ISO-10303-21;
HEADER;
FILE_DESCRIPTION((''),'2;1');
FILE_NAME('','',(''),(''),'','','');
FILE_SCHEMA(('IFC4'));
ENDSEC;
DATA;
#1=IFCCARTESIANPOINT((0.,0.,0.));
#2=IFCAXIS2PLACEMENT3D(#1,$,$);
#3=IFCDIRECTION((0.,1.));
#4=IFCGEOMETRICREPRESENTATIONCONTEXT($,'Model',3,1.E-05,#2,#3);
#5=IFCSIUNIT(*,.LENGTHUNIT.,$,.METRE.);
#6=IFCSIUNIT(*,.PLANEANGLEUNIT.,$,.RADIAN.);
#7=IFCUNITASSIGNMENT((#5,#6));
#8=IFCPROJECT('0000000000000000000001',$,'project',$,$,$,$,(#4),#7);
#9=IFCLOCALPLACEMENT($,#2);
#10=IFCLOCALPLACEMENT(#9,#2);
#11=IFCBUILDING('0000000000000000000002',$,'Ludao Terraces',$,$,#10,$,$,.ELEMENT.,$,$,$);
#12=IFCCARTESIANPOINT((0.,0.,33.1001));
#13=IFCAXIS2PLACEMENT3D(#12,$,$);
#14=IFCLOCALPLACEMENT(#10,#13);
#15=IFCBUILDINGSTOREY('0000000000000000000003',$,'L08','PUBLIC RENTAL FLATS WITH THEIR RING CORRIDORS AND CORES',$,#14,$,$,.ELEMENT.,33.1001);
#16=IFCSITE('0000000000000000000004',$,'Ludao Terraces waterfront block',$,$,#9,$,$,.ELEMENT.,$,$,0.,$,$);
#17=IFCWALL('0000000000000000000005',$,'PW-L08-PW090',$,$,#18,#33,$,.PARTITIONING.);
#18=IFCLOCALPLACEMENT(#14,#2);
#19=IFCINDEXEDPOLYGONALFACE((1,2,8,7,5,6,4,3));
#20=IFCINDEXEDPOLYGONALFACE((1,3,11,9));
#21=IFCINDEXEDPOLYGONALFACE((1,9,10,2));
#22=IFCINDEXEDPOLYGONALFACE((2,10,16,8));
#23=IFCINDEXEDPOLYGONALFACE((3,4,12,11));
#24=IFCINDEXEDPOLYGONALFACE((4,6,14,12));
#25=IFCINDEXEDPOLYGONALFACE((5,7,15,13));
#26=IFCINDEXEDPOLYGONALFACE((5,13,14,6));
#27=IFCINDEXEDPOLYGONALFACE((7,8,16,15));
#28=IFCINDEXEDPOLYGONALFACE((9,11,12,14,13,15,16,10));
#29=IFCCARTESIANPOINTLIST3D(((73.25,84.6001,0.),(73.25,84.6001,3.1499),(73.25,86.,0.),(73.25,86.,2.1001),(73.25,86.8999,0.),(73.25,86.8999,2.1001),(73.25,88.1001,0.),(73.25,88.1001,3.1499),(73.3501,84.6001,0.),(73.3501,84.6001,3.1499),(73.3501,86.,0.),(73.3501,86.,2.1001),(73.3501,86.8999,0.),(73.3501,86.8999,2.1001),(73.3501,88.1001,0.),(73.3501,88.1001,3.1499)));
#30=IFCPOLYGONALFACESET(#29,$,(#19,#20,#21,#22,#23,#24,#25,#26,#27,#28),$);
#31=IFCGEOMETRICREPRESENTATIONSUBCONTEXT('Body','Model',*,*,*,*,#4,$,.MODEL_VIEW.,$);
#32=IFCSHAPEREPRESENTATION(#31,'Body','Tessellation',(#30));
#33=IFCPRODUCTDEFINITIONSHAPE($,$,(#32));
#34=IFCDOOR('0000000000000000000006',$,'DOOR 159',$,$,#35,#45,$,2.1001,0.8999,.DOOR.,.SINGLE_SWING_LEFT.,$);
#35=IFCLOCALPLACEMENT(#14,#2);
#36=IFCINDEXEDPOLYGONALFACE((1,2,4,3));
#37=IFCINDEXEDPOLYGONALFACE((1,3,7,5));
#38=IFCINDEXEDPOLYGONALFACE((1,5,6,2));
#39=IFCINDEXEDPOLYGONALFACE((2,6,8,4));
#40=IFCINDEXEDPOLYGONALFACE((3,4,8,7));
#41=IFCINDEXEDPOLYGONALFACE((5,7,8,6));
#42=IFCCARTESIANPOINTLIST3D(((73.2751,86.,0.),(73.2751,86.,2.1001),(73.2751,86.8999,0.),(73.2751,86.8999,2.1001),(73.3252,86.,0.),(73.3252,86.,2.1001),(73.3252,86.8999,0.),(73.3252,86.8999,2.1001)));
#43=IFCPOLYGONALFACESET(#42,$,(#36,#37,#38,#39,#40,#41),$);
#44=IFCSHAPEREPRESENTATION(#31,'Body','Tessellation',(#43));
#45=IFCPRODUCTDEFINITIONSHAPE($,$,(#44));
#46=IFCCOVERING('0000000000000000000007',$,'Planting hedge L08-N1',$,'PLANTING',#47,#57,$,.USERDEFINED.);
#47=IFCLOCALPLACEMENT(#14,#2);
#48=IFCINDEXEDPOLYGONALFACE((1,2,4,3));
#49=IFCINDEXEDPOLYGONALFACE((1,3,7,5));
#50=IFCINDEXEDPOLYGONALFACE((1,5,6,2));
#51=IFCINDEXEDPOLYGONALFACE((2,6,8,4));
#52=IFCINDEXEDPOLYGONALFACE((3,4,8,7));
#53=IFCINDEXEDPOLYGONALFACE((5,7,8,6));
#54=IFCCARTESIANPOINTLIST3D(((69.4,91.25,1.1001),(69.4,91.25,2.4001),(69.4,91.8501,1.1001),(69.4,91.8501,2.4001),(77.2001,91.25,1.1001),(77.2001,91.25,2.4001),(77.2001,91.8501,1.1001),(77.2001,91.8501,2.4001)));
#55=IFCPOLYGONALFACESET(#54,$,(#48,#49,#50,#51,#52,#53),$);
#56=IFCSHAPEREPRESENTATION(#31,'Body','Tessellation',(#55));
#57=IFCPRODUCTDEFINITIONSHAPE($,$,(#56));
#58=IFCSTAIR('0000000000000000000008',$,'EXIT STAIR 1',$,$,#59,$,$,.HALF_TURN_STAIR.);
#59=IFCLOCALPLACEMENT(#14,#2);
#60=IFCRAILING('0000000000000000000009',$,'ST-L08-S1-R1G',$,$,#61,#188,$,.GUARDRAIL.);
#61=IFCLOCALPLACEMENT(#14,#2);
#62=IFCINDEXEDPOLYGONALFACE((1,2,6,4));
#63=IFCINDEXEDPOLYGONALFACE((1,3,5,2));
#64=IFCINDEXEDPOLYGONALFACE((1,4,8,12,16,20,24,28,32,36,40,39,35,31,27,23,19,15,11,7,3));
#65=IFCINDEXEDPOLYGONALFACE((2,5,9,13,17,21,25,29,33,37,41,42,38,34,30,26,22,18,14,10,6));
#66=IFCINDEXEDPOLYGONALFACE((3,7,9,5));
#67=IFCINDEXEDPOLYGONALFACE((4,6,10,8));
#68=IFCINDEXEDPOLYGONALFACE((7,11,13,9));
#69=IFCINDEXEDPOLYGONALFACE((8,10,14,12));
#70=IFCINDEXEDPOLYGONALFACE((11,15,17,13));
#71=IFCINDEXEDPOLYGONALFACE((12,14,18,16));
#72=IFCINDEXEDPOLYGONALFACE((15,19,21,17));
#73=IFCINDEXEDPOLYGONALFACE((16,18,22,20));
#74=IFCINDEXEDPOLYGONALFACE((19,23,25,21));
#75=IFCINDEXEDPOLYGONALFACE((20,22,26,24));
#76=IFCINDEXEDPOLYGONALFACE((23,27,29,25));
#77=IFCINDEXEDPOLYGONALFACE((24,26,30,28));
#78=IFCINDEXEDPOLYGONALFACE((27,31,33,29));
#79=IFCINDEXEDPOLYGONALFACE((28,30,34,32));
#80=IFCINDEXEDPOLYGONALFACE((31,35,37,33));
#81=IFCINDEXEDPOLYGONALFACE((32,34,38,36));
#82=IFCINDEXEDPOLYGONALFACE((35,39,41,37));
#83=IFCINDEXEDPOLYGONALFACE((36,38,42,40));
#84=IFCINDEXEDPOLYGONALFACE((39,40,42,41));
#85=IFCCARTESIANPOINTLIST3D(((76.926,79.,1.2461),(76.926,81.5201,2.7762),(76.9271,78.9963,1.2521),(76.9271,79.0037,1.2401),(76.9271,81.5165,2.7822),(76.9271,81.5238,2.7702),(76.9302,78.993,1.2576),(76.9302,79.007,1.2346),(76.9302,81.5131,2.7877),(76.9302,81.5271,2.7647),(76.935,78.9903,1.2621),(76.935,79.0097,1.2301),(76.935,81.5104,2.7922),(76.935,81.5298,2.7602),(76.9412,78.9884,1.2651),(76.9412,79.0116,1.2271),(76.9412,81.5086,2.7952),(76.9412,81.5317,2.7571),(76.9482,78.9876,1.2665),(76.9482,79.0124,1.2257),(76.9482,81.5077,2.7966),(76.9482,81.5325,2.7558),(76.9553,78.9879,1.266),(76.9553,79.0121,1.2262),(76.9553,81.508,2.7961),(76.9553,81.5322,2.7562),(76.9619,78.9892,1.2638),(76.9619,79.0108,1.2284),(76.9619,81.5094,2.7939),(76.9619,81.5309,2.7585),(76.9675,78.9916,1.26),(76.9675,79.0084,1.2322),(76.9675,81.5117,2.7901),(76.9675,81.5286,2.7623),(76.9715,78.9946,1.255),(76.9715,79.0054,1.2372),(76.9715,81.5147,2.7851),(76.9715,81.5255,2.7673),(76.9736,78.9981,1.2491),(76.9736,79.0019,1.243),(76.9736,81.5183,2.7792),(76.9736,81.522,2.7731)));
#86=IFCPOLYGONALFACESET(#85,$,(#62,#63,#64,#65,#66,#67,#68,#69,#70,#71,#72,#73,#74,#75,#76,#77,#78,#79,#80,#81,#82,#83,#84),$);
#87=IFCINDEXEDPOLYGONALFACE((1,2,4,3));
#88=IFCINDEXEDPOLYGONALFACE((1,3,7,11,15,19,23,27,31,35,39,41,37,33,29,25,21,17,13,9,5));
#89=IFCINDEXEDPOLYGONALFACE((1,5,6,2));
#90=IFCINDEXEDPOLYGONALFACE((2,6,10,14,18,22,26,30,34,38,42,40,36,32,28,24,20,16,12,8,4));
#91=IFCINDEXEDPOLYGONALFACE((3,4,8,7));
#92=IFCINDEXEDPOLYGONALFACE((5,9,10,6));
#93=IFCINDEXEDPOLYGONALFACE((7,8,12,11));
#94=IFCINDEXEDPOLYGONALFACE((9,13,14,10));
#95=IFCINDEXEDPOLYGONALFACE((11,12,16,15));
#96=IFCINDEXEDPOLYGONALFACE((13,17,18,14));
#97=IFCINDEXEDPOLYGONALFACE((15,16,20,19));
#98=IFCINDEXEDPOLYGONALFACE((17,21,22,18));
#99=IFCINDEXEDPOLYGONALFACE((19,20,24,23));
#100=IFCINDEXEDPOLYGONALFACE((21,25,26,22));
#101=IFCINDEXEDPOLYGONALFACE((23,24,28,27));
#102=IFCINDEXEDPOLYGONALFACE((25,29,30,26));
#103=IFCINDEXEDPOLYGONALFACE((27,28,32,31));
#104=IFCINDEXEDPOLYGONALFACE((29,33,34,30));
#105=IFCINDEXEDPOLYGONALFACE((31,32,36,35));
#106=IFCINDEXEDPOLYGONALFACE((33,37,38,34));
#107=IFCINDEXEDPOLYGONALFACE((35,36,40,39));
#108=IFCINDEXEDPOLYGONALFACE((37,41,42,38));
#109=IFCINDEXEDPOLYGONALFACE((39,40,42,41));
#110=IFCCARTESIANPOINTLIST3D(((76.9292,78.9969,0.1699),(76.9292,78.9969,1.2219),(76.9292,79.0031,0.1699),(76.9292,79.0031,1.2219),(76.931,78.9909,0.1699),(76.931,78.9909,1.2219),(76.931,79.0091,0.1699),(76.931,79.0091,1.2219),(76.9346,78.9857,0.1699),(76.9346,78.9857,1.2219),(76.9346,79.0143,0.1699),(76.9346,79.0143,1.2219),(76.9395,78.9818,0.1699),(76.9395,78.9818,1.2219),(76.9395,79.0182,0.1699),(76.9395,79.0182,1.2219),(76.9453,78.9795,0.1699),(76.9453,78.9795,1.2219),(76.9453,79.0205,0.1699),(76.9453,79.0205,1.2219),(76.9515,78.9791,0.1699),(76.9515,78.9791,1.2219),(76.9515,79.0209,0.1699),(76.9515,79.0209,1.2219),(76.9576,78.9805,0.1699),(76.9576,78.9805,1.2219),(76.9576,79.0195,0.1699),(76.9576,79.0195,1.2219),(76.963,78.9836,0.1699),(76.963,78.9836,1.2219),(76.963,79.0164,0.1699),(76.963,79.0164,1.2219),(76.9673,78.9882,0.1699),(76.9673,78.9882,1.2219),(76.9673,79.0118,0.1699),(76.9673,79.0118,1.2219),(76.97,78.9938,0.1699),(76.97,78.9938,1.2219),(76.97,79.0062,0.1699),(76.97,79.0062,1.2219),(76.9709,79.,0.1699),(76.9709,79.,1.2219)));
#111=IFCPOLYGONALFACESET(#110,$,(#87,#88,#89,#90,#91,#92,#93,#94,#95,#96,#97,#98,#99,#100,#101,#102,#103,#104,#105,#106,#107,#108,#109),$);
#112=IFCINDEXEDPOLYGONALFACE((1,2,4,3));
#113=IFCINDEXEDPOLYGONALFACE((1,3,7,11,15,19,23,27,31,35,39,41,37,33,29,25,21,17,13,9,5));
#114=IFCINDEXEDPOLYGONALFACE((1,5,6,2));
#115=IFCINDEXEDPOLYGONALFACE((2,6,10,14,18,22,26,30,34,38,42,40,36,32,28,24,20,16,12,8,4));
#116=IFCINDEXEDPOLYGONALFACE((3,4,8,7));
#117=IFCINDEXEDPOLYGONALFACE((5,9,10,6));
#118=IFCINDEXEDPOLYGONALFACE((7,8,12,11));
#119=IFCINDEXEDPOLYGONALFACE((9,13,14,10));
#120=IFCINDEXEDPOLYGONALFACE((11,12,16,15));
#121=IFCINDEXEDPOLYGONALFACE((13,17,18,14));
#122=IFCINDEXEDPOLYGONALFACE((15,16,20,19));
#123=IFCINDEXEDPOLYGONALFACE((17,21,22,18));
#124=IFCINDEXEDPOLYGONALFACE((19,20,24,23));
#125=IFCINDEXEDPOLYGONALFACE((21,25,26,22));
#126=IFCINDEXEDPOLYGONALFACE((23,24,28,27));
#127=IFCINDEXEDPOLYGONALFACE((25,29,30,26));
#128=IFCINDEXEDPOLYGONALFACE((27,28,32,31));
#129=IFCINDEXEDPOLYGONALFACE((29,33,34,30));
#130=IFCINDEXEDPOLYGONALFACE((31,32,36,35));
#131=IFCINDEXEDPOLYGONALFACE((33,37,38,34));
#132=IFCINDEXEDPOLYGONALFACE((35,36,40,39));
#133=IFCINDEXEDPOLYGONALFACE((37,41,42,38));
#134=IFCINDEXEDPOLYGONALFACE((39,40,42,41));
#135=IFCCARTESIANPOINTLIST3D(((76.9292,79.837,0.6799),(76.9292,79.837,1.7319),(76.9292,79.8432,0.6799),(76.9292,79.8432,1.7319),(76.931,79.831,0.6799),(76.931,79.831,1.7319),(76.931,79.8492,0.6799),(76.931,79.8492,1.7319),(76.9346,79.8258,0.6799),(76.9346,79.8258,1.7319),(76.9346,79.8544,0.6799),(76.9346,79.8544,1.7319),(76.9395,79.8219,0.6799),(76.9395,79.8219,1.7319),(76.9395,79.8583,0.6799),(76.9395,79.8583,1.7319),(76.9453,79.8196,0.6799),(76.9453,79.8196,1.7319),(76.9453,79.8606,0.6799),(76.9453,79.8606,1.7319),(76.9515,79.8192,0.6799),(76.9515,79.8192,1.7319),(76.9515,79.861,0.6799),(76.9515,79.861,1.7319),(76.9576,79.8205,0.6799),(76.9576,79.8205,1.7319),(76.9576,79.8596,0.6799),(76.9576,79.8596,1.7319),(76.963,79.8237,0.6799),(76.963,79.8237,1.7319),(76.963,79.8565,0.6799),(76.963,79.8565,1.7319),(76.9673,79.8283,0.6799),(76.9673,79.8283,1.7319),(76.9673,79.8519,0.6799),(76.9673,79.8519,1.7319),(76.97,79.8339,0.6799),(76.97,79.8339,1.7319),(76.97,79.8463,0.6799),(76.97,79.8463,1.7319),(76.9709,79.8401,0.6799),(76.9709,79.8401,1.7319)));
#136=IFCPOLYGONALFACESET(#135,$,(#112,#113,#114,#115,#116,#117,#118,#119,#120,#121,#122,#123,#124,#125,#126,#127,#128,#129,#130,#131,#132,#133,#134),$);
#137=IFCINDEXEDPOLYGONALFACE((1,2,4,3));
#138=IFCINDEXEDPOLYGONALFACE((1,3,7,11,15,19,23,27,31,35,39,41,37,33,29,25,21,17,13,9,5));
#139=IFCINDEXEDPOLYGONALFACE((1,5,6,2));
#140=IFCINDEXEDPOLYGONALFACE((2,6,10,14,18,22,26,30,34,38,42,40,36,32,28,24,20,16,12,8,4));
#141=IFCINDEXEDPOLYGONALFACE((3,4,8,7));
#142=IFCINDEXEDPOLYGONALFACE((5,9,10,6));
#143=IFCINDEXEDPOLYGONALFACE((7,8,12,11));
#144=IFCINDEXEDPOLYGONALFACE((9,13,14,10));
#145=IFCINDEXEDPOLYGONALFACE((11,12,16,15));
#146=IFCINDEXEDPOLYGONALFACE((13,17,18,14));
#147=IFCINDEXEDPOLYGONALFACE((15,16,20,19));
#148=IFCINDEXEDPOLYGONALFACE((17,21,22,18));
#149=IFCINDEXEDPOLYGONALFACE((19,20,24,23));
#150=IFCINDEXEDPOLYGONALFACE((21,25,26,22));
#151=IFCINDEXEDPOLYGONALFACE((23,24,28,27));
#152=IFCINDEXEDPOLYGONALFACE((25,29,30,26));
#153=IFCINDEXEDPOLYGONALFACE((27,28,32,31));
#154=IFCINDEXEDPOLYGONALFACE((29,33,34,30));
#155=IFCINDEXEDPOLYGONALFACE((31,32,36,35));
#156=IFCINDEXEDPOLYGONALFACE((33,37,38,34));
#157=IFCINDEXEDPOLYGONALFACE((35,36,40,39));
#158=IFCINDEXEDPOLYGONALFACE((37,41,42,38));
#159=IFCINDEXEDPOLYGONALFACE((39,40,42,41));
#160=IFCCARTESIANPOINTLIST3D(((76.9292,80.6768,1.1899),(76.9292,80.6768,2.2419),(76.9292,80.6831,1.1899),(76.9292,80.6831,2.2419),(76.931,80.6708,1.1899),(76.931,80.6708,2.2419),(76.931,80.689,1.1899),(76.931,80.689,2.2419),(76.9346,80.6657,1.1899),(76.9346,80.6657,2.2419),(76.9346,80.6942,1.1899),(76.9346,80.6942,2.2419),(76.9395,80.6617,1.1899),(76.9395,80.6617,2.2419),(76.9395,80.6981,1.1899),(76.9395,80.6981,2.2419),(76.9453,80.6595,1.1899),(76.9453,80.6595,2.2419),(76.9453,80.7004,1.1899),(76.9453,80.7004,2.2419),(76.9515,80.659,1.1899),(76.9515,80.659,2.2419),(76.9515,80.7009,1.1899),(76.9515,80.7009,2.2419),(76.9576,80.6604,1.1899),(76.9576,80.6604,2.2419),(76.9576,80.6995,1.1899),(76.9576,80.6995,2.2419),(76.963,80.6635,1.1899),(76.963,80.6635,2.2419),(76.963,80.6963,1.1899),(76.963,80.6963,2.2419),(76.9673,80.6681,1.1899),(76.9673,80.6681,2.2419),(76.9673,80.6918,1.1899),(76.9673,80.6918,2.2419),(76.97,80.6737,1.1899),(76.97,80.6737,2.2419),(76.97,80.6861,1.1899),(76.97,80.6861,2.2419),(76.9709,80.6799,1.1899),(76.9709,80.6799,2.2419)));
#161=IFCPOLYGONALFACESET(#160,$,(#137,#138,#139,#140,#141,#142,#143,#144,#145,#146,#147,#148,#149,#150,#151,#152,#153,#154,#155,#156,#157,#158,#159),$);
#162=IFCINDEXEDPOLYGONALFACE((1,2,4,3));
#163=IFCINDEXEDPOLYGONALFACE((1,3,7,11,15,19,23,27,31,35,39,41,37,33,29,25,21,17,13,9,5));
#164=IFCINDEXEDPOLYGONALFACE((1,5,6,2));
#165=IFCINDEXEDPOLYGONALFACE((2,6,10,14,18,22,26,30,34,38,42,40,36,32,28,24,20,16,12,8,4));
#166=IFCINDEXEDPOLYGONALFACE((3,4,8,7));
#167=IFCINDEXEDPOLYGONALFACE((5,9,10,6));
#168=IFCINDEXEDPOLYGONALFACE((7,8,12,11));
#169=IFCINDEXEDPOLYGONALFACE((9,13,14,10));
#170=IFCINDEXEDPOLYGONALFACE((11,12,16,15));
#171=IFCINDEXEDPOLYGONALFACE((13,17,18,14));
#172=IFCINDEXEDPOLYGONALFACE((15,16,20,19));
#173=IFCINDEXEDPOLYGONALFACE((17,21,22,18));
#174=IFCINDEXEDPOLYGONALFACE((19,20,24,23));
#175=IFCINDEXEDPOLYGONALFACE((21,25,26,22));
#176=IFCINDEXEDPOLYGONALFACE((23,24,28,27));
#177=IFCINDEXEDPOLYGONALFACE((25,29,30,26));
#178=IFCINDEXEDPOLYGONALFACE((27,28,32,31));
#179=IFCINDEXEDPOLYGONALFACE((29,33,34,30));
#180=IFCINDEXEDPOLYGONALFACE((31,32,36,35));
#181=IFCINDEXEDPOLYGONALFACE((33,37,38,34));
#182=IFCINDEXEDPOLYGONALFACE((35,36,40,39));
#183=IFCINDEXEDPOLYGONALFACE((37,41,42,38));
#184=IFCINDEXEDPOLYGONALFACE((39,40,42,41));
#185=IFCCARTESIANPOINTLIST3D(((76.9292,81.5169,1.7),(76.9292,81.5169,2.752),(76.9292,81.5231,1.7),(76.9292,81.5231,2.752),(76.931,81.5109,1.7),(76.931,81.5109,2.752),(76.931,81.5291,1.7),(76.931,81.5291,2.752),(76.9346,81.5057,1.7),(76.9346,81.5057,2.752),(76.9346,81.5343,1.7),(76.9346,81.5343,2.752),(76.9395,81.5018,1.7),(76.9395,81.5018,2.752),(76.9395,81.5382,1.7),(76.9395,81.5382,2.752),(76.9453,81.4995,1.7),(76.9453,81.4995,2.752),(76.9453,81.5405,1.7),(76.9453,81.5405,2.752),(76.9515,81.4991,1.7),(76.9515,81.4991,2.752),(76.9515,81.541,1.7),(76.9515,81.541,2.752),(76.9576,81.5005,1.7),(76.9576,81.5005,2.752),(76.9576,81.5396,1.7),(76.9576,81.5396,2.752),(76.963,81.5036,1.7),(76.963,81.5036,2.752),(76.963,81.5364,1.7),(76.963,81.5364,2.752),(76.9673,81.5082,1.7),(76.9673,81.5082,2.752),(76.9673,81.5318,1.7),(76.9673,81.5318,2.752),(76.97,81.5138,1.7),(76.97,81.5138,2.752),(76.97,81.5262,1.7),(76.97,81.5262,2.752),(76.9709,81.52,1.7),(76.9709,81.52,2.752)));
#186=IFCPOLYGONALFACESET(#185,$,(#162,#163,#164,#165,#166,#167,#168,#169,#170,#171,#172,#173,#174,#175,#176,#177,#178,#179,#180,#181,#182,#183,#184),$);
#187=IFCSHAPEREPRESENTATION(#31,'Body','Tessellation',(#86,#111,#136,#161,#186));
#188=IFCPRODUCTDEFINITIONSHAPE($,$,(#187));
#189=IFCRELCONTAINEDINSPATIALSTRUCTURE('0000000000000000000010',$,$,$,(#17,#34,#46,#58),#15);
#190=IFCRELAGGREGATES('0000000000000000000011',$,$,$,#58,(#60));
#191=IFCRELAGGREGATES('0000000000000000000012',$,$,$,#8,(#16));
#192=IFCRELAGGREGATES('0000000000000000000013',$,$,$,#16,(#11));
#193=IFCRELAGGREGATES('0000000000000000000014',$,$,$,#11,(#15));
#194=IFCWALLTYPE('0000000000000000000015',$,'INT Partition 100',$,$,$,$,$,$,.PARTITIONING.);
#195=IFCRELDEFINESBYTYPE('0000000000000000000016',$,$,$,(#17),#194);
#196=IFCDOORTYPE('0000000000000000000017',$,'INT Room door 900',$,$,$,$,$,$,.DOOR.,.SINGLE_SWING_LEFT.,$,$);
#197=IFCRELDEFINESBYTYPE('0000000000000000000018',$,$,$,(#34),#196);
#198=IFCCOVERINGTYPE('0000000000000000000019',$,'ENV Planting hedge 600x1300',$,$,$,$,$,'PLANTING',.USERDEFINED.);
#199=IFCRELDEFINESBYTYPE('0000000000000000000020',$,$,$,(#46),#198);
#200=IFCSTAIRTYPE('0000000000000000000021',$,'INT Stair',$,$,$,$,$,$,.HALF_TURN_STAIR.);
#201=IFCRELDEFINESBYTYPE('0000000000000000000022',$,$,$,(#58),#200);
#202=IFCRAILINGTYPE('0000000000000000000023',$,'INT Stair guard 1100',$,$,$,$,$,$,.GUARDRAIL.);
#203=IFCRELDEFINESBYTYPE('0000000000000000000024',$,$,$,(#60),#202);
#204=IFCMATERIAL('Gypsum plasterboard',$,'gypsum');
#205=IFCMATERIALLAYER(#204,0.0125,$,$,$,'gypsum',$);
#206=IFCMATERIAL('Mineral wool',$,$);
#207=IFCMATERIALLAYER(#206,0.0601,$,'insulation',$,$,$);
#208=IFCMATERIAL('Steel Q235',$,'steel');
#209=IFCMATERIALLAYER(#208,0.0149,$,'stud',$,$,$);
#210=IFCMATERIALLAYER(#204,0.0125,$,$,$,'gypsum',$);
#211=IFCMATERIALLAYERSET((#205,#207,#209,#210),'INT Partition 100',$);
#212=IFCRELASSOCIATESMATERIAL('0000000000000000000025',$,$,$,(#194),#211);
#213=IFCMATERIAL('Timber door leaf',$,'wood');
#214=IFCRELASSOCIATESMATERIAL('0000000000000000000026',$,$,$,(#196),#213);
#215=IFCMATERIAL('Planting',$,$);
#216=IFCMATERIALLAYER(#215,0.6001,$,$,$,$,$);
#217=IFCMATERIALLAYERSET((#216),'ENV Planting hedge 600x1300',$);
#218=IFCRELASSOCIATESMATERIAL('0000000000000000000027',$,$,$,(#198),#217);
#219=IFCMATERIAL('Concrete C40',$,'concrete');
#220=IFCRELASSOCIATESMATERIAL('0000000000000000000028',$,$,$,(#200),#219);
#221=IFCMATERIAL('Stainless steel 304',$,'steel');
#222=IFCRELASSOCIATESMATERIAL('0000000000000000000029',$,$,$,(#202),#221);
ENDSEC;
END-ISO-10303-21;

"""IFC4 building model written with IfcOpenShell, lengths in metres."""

from ifc_helpers import new_model, si_unit, direction, frame, frame_2d, origin, origin_2d, place, context, subcontext, project, spatial, rectangle, circle, extrude, material, layer, layer_set, type_object, element, fill, aggregate, save


model = new_model("IFC4")

# Units and contexts
model_context = context("Model", 3, precision=1e-05, world=origin(), true_north=direction((0.0, 1.0)))
body_context = subcontext(model_context, "Body", "Model", "MODEL_VIEW")
ifc_project = project(units=[si_unit("LENGTHUNIT", "METRE"), si_unit("PLANEANGLEUNIT", "RADIAN")], contexts=[model_context])

# Site, building, storey
site_placement = place(None, origin())
site = spatial("IfcSite", under=ifc_project, at=site_placement, Name="Ludao Terraces waterfront block", CompositionType="ELEMENT", RefElevation=0.0)
building_placement = place(site_placement, origin())
building = spatial("IfcBuilding", under=site, at=building_placement, Name="Ludao Terraces", CompositionType="ELEMENT")
storey_placement = place(building_placement, frame((0.0, 0.0, 33.1001)))
storey = spatial("IfcBuildingStorey", under=building, at=storey_placement, Name="L08", Description="PUBLIC RENTAL FLATS WITH THEIR RING CORRIDORS AND CORES", CompositionType="ELEMENT", Elevation=33.1001)

# Shared definitions
ifc_material_1 = material(Name="Concrete C40", Category="concrete")

# Shared definitions
ifc_material_2 = material(Name="Mineral wool")

# Shared definitions
ifc_material_3 = material(Name="Gypsum plasterboard", Category="gypsum")
ifc_layer_1 = layer(ifc_material_3, 0.0125, Category="gypsum")
ifc_layer_2 = layer(ifc_material_2, 0.0601, Name="insulation")
ifc_material_4 = material(Name="Steel Q235", Category="steel")
ifc_layer_3 = layer(ifc_material_4, 0.0149, Name="stud")
ifc_layer_4 = layer(ifc_material_3, 0.0125, Category="gypsum")
ifc_layer_set_1 = layer_set([ifc_layer_1, ifc_layer_2, ifc_layer_3, ifc_layer_4], Name="INT Partition 100")
wall_type_1 = type_object("IfcWallType", Name="INT Partition 100", PredefinedType="PARTITIONING", material=ifc_layer_set_1)

# Shared definitions
ifc_material_5 = material(Name="Timber door leaf", Category="wood")
door_type_1 = type_object("IfcDoorType", Name="INT Room door 900", OperationType="SINGLE_SWING_LEFT", PredefinedType="DOOR", material=ifc_material_5)

# Wall, opening, door
wall_1_placement = place(storey_placement, frame((73.3, 84.6001, 0.0), z_axis=(0.0, 0.0, 1.0), x_axis=(0.0, 1.0, 0.0)))
wall_1 = element("IfcWall", 1, at=wall_1_placement, inside=storey, type_object=wall_type_1, Name="PW-L08-PW090", PredefinedType="PARTITIONING", context=body_context, shape_type="SweptSolid", body=[
    extrude(rectangle(XDim=3.5, YDim=0.1001, at=frame_2d((1.75, 0.0))), origin(), (0.0, 0.0, 1.0), 3.1499),
])
opening_1_placement = place(wall_1_placement, frame((1.3999, 0.0, 0.0)))
opening_1 = element("IfcOpeningElement", 2, at=opening_1_placement, cuts=wall_1, PredefinedType="OPENING", context=body_context, shape_type="SweptSolid", body=[
    extrude(rectangle(XDim=0.8999, YDim=2.1001, at=frame_2d((0.45, 1.05))), frame((0.0, 0.0601, 0.0), z_axis=(0.0, -1.0, 0.0), x_axis=(1.0, 0.0, 0.0)), (0.0, 0.0, 1.0), 0.1201),
])
door_1_placement = place(opening_1_placement, origin())
door_1 = element("IfcDoor", 3, at=door_1_placement, inside=storey, type_object=door_type_1, Name="DOOR 159", OperationType="SINGLE_SWING_LEFT", OverallHeight=2.1001, OverallWidth=0.8999, PredefinedType="DOOR", context=body_context, shape_type="SweptSolid", body=[
    extrude(rectangle(XDim=0.8999, YDim=2.1001, at=frame_2d((0.45, 1.05))), frame((0.0, 0.0249, 0.0), z_axis=(0.0, -1.0, 0.0), x_axis=(1.0, 0.0, 0.0)), (0.0, 0.0, 1.0), 0.05),
])
fill(opening_1, door_1)

# Covering
ifc_material_6 = material(Name="Planting")
ifc_layer_5 = layer(ifc_material_6, 0.6001)
ifc_layer_set_2 = layer_set([ifc_layer_5], Name="ENV Planting hedge 600x1300")
covering_type = type_object("IfcCoveringType", Name="ENV Planting hedge 600x1300", ElementType="PLANTING", PredefinedType="USERDEFINED", material=ifc_layer_set_2)
covering_placement = place(storey_placement, frame((73.3, 91.55, 1.1001), z_axis=(0.0, 0.0, 1.0), x_axis=(1.0, 0.0, 0.0)))
element("IfcCovering", 4, at=covering_placement, inside=storey, type_object=covering_type, Name="Planting hedge L08-N1", ObjectType="PLANTING", PredefinedType="USERDEFINED", context=body_context, shape_type="SweptSolid", body=[
    extrude(rectangle(XDim=7.8, YDim=0.6001, at=origin_2d()), origin(), (0.0, 0.0, 1.0), 1.3),
])

# Stair, railing
stair_type = type_object("IfcStairType", Name="INT Stair", PredefinedType="HALF_TURN_STAIR", material=ifc_material_1)
stair_placement = place(storey_placement, origin())
stair = element("IfcStair", 5, at=stair_placement, inside=storey, type_object=stair_type, Name="EXIT STAIR 1", PredefinedType="HALF_TURN_STAIR")
ifc_material_7 = material(Name="Stainless steel 304", Category="steel")
railing_type_1 = type_object("IfcRailingType", Name="INT Stair guard 1100", PredefinedType="GUARDRAIL", material=ifc_material_7)
railing_1_placement = place(storey_placement, frame((76.95, 79.0, 0.1699)))
railing_1 = element("IfcRailing", 6, at=railing_1_placement, type_object=railing_type_1, Name="ST-L08-S1-R1G", PredefinedType="GUARDRAIL", context=body_context, shape_type="SweptSolid", body=[
    extrude(circle(Radius=0.0239, at=origin_2d()), frame((0.0, 0.0, 1.0762), z_axis=(0.0, 0.854785, 0.518982), x_axis=(-1.0, 0.0, 0.0)), (0.0, 0.0, 1.0), 2.9482),
    extrude(circle(Radius=0.021, at=origin_2d()), origin(), (0.0, 0.0, 1.0), 1.052),
    extrude(circle(Radius=0.021, at=origin_2d()), frame((0.0, 0.8401, 0.51)), (0.0, 0.0, 1.0), 1.052),
    extrude(circle(Radius=0.021, at=origin_2d()), frame((0.0, 1.6799, 1.02)), (0.0, 0.0, 1.0), 1.052),
    extrude(circle(Radius=0.021, at=origin_2d()), frame((0.0, 2.52, 1.53)), (0.0, 0.0, 1.0), 1.052),
])
aggregate(stair, [railing_1])

save(model, "model.ifc")
